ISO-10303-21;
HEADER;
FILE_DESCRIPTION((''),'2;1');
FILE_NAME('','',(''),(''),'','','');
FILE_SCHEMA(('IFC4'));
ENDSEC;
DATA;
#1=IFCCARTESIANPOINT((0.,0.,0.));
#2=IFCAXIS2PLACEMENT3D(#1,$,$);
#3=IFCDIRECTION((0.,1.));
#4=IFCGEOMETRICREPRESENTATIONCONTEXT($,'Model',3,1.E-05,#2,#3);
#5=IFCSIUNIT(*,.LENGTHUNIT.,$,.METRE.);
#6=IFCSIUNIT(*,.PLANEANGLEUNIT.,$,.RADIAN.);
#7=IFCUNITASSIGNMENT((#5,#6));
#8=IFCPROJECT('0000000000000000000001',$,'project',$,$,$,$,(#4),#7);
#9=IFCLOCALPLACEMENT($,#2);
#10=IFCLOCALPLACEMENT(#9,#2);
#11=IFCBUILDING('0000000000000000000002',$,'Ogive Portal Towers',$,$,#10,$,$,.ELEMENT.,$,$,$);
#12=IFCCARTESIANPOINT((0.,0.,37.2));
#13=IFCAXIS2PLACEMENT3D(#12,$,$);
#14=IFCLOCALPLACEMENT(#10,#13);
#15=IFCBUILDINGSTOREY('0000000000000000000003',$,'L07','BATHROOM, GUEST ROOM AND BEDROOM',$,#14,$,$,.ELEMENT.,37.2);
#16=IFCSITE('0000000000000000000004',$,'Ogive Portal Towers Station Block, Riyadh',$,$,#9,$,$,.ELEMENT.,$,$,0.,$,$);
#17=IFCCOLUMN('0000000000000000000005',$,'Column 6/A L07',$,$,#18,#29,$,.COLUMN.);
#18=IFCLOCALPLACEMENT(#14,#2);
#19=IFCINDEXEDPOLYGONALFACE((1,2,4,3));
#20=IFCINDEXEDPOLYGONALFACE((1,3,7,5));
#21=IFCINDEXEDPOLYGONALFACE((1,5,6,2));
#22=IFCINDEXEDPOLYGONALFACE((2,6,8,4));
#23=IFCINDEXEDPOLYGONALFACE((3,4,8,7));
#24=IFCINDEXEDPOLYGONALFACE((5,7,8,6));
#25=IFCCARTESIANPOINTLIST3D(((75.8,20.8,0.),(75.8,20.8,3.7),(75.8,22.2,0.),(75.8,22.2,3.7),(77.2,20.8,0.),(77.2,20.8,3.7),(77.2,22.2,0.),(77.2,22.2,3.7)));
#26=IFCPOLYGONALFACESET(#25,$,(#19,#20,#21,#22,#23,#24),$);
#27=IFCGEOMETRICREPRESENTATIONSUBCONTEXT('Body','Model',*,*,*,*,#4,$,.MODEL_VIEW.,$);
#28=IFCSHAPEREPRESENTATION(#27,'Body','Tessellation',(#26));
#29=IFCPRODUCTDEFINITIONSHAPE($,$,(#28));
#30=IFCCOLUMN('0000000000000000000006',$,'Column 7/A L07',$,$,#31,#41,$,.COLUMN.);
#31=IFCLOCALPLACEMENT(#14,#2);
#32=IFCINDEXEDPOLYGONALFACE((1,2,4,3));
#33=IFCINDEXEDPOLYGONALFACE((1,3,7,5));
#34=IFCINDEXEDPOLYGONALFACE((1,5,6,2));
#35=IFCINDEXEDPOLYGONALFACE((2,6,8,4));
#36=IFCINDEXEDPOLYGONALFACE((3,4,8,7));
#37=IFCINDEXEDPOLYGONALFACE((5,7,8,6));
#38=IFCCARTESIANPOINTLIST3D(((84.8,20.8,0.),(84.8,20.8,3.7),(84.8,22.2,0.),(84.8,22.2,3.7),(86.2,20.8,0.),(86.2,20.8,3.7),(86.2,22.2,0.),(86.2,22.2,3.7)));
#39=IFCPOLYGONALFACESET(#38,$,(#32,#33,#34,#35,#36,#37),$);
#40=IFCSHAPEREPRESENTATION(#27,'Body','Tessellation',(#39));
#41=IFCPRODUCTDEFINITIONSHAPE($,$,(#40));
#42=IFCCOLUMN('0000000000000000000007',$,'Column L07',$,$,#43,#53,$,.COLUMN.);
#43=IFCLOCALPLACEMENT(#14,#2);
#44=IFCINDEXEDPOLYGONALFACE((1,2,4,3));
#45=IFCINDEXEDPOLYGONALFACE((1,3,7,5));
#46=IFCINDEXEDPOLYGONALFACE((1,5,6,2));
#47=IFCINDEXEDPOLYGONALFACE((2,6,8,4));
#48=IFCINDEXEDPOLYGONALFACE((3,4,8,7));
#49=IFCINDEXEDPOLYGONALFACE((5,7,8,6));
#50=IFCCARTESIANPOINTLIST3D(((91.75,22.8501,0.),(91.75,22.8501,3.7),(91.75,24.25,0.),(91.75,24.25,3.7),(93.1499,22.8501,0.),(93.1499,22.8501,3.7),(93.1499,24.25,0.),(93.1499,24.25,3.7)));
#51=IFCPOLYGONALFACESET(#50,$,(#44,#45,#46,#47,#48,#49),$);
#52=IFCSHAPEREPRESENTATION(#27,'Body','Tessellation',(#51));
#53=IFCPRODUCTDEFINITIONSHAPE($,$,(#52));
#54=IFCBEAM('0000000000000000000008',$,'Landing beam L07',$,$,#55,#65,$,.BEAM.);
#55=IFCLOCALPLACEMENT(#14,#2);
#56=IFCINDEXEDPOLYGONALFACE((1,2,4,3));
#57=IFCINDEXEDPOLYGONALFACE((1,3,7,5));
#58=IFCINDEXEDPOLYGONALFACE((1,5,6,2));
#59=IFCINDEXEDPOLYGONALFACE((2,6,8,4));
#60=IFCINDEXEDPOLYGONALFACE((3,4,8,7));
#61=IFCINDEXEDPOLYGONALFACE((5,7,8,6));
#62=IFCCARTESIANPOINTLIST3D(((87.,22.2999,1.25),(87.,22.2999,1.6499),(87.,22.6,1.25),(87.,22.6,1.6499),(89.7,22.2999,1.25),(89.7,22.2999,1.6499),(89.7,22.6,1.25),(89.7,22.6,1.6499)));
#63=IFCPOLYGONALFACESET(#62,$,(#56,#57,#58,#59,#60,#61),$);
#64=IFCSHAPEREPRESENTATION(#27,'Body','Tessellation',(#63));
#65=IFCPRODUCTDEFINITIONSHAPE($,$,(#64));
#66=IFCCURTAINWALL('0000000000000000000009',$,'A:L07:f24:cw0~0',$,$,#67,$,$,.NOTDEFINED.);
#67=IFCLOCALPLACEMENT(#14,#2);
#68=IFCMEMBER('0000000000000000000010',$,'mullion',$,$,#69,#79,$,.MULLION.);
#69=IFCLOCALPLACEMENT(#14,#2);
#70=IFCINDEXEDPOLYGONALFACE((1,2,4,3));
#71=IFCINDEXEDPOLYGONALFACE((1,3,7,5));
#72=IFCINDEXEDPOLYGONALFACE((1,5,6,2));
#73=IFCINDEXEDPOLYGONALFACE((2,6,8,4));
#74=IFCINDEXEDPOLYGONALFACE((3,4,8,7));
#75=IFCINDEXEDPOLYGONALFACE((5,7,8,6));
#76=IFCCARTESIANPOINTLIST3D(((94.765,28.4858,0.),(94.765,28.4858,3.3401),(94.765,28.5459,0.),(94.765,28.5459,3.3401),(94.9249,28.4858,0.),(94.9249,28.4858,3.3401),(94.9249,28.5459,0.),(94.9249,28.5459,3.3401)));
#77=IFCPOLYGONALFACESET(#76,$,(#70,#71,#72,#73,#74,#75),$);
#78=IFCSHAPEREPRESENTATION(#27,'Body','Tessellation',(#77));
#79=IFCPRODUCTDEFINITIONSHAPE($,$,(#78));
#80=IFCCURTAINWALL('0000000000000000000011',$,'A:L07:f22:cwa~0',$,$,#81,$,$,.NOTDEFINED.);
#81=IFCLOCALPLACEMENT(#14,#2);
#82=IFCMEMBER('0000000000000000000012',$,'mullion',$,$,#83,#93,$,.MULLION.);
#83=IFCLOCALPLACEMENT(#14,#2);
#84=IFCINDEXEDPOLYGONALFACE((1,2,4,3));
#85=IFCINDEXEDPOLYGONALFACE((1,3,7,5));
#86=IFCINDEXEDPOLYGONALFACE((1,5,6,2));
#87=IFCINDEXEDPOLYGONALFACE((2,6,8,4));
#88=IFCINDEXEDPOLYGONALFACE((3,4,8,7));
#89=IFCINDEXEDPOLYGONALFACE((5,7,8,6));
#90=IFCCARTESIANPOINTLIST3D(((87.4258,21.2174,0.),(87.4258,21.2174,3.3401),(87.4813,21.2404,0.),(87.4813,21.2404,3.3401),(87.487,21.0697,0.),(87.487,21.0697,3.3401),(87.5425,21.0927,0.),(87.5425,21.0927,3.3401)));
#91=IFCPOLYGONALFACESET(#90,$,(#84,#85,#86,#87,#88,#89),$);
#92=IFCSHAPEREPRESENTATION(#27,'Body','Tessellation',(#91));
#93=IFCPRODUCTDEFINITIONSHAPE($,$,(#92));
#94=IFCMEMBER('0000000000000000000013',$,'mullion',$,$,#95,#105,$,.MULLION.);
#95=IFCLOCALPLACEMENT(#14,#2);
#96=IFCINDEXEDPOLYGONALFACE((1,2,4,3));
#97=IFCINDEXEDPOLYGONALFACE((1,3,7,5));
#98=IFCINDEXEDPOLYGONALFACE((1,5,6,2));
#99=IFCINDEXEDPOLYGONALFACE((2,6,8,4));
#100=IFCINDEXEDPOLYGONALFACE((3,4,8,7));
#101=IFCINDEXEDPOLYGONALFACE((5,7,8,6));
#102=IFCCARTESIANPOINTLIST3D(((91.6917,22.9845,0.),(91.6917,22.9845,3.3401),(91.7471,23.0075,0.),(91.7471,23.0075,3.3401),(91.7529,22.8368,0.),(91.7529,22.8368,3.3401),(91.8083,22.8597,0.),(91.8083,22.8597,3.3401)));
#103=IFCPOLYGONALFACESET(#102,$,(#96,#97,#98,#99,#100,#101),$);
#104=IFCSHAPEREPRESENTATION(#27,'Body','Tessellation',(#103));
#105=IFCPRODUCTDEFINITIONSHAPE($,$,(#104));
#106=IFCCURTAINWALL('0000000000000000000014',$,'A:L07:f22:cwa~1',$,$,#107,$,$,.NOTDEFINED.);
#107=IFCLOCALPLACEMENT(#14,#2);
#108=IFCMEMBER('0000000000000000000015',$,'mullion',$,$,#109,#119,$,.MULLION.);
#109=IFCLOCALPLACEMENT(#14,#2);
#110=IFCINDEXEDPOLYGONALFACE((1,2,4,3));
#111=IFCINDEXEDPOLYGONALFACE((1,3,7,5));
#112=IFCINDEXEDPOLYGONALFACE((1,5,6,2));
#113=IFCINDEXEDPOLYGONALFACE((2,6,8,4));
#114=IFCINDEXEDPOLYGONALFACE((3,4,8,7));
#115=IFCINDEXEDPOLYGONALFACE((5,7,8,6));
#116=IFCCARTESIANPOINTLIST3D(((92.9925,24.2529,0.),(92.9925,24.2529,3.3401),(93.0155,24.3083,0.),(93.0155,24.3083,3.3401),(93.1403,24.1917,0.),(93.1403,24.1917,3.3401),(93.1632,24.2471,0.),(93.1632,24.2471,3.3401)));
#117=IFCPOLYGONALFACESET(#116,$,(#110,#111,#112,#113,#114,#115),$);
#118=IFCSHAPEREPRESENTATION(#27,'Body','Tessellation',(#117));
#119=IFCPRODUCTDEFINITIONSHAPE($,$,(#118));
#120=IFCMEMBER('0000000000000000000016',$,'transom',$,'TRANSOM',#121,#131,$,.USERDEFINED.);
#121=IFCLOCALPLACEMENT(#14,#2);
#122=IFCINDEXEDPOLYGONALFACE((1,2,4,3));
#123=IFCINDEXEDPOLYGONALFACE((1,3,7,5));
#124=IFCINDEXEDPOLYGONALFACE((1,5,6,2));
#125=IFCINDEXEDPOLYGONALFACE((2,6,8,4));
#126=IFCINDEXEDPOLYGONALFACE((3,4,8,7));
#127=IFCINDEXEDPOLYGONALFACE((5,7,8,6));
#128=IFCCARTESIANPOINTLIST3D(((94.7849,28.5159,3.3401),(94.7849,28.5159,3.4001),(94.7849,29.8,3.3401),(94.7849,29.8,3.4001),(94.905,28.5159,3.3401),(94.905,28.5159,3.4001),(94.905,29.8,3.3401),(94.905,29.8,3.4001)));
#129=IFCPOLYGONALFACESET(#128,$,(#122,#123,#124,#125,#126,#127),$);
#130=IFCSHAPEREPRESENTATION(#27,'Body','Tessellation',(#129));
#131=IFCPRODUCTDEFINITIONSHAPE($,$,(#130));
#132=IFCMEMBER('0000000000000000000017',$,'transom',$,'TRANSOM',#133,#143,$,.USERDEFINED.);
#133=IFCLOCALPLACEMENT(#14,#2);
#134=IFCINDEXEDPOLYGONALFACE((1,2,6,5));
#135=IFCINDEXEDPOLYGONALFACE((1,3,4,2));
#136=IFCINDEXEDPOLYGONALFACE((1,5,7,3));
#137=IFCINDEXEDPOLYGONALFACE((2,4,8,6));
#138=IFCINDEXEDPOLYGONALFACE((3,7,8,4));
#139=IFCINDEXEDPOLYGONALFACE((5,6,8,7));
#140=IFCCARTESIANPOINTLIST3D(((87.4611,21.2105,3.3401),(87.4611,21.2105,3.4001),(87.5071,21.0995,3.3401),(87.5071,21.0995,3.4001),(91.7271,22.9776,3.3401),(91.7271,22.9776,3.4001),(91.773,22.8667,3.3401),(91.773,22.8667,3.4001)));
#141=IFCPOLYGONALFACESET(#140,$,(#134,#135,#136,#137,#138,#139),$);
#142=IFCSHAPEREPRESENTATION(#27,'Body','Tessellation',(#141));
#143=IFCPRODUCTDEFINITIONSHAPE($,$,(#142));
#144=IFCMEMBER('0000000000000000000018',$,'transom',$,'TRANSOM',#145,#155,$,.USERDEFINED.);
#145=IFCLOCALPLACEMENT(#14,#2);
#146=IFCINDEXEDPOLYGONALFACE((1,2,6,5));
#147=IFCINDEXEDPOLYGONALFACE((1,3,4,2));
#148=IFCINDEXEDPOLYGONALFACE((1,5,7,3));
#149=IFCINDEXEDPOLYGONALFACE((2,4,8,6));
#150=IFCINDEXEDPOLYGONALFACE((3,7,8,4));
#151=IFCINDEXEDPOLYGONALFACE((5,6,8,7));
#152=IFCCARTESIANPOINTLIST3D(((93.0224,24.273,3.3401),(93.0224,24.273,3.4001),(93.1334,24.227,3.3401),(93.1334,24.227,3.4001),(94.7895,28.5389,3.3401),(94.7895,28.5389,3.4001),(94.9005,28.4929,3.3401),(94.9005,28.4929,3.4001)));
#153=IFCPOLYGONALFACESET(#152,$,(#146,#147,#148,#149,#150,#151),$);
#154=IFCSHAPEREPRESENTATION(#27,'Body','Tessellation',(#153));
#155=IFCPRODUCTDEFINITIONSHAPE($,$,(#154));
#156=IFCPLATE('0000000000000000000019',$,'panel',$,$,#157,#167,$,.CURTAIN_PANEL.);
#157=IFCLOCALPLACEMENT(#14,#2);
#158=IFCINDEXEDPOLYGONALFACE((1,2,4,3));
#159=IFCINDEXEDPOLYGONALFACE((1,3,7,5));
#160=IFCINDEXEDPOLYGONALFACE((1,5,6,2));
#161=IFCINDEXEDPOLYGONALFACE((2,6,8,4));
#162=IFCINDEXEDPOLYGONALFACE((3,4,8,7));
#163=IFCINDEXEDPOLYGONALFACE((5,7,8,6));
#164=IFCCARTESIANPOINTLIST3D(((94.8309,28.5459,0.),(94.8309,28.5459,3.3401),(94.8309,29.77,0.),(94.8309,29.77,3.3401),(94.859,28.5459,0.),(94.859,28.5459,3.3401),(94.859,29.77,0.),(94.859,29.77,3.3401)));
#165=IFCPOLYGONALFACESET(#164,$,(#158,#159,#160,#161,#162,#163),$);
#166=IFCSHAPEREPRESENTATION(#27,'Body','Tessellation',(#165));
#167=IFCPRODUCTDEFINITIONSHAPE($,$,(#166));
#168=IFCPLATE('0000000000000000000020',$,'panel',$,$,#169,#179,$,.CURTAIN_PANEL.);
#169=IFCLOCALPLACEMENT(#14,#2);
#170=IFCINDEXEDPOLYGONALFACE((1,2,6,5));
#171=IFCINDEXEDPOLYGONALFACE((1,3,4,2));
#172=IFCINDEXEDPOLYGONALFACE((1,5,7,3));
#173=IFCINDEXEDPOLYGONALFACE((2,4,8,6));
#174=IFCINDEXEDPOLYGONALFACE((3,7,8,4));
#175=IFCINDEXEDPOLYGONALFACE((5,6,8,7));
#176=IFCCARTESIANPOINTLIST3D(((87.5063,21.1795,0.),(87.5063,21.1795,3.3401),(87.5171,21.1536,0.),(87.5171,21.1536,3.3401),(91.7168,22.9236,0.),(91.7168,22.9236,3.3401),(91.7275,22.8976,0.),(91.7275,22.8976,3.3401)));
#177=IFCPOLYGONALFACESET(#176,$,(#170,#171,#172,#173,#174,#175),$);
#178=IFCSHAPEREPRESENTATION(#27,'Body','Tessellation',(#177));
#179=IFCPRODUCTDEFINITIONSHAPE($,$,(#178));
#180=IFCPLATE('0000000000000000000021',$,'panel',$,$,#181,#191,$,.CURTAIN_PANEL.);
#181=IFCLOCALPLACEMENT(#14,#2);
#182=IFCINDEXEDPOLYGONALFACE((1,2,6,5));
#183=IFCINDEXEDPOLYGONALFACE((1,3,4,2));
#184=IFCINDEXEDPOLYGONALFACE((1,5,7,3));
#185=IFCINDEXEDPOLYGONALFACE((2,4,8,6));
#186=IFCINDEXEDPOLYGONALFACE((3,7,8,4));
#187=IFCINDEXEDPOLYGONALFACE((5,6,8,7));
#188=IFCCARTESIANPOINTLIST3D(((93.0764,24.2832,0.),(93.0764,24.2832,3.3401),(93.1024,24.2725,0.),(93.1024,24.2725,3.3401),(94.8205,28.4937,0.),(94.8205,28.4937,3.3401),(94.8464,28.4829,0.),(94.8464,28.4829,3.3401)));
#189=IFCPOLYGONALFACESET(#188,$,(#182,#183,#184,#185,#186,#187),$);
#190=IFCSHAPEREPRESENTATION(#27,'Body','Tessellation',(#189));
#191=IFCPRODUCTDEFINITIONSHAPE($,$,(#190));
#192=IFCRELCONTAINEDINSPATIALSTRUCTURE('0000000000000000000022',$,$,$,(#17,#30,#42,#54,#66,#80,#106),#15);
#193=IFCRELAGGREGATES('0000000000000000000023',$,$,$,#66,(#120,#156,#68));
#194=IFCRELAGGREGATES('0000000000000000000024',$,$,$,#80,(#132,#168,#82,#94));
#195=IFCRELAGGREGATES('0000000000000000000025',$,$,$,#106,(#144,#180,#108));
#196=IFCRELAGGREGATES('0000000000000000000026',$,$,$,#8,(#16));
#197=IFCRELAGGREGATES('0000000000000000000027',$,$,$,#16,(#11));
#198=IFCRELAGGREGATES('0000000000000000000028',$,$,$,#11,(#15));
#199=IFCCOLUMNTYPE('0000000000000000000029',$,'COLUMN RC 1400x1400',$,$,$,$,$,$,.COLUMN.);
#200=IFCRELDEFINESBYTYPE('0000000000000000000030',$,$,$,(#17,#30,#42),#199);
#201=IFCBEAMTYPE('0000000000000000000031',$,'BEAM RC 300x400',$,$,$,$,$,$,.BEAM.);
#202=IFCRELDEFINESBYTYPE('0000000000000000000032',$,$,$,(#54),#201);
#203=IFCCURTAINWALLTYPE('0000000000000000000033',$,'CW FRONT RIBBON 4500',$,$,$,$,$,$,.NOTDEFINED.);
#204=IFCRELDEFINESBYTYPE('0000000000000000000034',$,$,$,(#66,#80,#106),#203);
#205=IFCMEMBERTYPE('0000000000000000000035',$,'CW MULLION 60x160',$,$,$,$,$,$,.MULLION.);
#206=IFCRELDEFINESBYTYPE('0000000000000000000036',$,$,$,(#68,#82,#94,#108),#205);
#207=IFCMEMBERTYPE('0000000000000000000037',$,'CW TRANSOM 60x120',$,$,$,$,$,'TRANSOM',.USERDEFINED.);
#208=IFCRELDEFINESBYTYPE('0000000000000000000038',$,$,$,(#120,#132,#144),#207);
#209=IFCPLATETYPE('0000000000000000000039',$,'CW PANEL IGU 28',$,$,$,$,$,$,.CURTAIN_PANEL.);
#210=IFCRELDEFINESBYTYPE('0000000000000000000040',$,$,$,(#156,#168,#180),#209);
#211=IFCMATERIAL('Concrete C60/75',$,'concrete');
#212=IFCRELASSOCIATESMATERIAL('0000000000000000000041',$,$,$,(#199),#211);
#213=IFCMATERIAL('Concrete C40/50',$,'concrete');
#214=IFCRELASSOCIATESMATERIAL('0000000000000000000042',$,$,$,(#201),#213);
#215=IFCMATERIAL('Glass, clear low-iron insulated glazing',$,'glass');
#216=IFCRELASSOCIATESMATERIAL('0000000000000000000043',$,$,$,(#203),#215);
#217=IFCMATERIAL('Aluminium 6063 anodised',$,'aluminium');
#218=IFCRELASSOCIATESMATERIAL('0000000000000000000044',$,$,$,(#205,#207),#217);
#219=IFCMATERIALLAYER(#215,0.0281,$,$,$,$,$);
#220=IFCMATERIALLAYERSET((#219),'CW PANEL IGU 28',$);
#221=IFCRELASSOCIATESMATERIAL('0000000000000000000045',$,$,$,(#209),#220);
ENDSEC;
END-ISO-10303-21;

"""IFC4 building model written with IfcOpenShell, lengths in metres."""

from ifc_helpers import new_model, si_unit, direction, frame, origin, origin_2d, place, context, subcontext, project, spatial, rectangle, extrude, material, layer, layer_set, material_profile, profile_set, type_object, element, aggregate, save


model = new_model("IFC4")

# Units and contexts
model_context = context("Model", 3, precision=1e-05, world=origin(), true_north=direction((0.0, 1.0)))
body_context = subcontext(model_context, "Body", "Model", "MODEL_VIEW")
ifc_project = project(units=[si_unit("LENGTHUNIT", "METRE"), si_unit("PLANEANGLEUNIT", "RADIAN")], contexts=[model_context])

# Site, building, storey
site_placement = place(None, origin())
site = spatial("IfcSite", under=ifc_project, at=site_placement, Name="Ogive Portal Towers Station Block, Riyadh", CompositionType="ELEMENT", RefElevation=0.0)
building_placement = place(site_placement, origin())
building = spatial("IfcBuilding", under=site, at=building_placement, Name="Ogive Portal Towers", CompositionType="ELEMENT")
storey_placement = place(building_placement, frame((0.0, 0.0, 37.2)))
storey = spatial("IfcBuildingStorey", under=building, at=storey_placement, Name="L07", Description="BATHROOM, GUEST ROOM AND BEDROOM", CompositionType="ELEMENT", Elevation=37.2)

# Columns
ifc_material_1 = material(Name="Concrete C60/75", Category="concrete")
ifc_material_profile_1 = material_profile(ifc_material_1, rectangle(XDim=1.3999, YDim=1.3999, at=origin_2d()), Name="RC 1400x1400")
ifc_profile_set_1 = profile_set([ifc_material_profile_1], Name="Concrete C60/75")
column_type = type_object("IfcColumnType", Name="COLUMN RC 1400x1400", PredefinedType="COLUMN", material=ifc_profile_set_1)
for number, where, z_axis, x_axis, name in (
    (1, (76.5, 21.5, 0.0), (0.0, 0.0, 1.0), (1.0, 0.0, 0.0), "Column 6/A L07"),
    (2, (85.5, 21.5, 0.0), (0.0, 0.0, 1.0), (1.0, 0.0, 0.0), "Column 7/A L07"),
    (3, (92.45, 23.55, 0.0), (0.0, 0.0, 1.0), (1.0, 0.0, 0.0), "Column L07"),
):
    element("IfcColumn", number, at=place(storey_placement, frame(where, z_axis=z_axis, x_axis=x_axis)), inside=storey, type_object=column_type, Name=name, PredefinedType="COLUMN", context=body_context, shape_type="SweptSolid", body=[
        extrude(rectangle(XDim=1.3999, YDim=1.3999, at=origin_2d()), origin(), (0.0, 0.0, 1.0), 3.7),
    ])

# Beam
ifc_material_2 = material(Name="Concrete C40/50", Category="concrete")
ifc_material_profile_2 = material_profile(ifc_material_2, rectangle(XDim=0.3, YDim=0.3999, at=origin_2d()), Name="RC 300x400")
ifc_profile_set_2 = profile_set([ifc_material_profile_2], Name="Concrete C40/50")
beam_type = type_object("IfcBeamType", Name="BEAM RC 300x400", PredefinedType="BEAM", material=ifc_profile_set_2)
beam_placement = place(storey_placement, frame((87.0, 22.45, 1.45), z_axis=(1.0, 0.0, 0.0), x_axis=(0.0, 1.0, 0.0)))
element("IfcBeam", 4, at=beam_placement, inside=storey, type_object=beam_type, Name="Landing beam L07", PredefinedType="BEAM", context=body_context, shape_type="SweptSolid", body=[
    extrude(rectangle(XDim=0.3, YDim=0.3999, at=origin_2d()), origin(), (0.0, 0.0, 1.0), 2.7),
])

# Curtain wall, member
ifc_material_3 = material(Name="Glass, clear low-iron insulated glazing", Category="glass")
curtain_wall_type = type_object("IfcCurtainWallType", Name="CW FRONT RIBBON 4500", PredefinedType="NOTDEFINED", material=ifc_material_3)
curtain_wall_1_placement = place(storey_placement, origin())
curtain_wall_1 = element("IfcCurtainWall", 5, at=curtain_wall_1_placement, inside=storey, type_object=curtain_wall_type, Name="A:L07:f24:cw0~0", PredefinedType="NOTDEFINED")
ifc_material_4 = material(Name="Aluminium 6063 anodised", Category="aluminium")
ifc_material_profile_3 = material_profile(ifc_material_4, rectangle(XDim=0.1599, YDim=0.0601, at=origin_2d()), Name="AL 60x160")
ifc_profile_set_3 = profile_set([ifc_material_profile_3], Name="Aluminium 6063 anodised")
member_type_1 = type_object("IfcMemberType", Name="CW MULLION 60x160", PredefinedType="MULLION", material=ifc_profile_set_3)
member_1_placement = place(storey_placement, frame((94.845, 28.5159, 0.0), z_axis=(0.0, 0.0, 1.0), x_axis=(-1.0, 0.0, 0.0)))
member_1 = element("IfcMember", 6, at=member_1_placement, type_object=member_type_1, Name="mullion", PredefinedType="MULLION", context=body_context, shape_type="SweptSolid", body=[
    extrude(rectangle(XDim=0.1599, YDim=0.0601, at=origin_2d()), origin(), (0.0, 0.0, 1.0), 3.3401),
])

# Curtain wall, members
curtain_wall_2_placement = place(storey_placement, origin())
curtain_wall_2 = element("IfcCurtainWall", 7, at=curtain_wall_2_placement, inside=storey, type_object=curtain_wall_type, Name="A:L07:f22:cwa~0", PredefinedType="NOTDEFINED")
member_2_placement = place(storey_placement, frame((87.4841, 21.155, 0.0), z_axis=(0.0, 0.0, 1.0), x_axis=(-0.382683, 0.92388, 0.0)))
member_2 = element("IfcMember", 8, at=member_2_placement, type_object=member_type_1, Name="mullion", PredefinedType="MULLION", context=body_context, shape_type="SweptSolid", body=[
    extrude(rectangle(XDim=0.1599, YDim=0.0601, at=origin_2d()), origin(), (0.0, 0.0, 1.0), 3.3401),
])
member_3_placement = place(storey_placement, frame((91.75, 22.9221, 0.0), z_axis=(0.0, 0.0, 1.0), x_axis=(-0.382683, 0.92388, 0.0)))
member_3 = element("IfcMember", 9, at=member_3_placement, type_object=member_type_1, Name="mullion", PredefinedType="MULLION", context=body_context, shape_type="SweptSolid", body=[
    extrude(rectangle(XDim=0.1599, YDim=0.0601, at=origin_2d()), origin(), (0.0, 0.0, 1.0), 3.3401),
])

# Curtain wall, member
curtain_wall_3_placement = place(storey_placement, origin())
curtain_wall_3 = element("IfcCurtainWall", 10, at=curtain_wall_3_placement, inside=storey, type_object=curtain_wall_type, Name="A:L07:f22:cwa~1", PredefinedType="NOTDEFINED")
member_4_placement = place(storey_placement, frame((93.0779, 24.25, 0.0), z_axis=(0.0, 0.0, 1.0), x_axis=(-0.92388, 0.382683, 0.0)))
member_4 = element("IfcMember", 11, at=member_4_placement, type_object=member_type_1, Name="mullion", PredefinedType="MULLION", context=body_context, shape_type="SweptSolid", body=[
    extrude(rectangle(XDim=0.1599, YDim=0.0601, at=origin_2d()), origin(), (0.0, 0.0, 1.0), 3.3401),
])

# Members
ifc_material_profile_4 = material_profile(ifc_material_4, rectangle(XDim=0.1201, YDim=0.0601, at=origin_2d()), Name="AL 120x60")
ifc_profile_set_4 = profile_set([ifc_material_profile_4], Name="Aluminium 6063 anodised")
member_type_2 = type_object("IfcMemberType", Name="CW TRANSOM 60x120", ElementType="TRANSOM", PredefinedType="USERDEFINED", material=ifc_profile_set_4)
member_5_placement = place(storey_placement, frame((94.845, 28.5159, 3.3701), z_axis=(0.0, 1.0, 0.0), x_axis=(-1.0, 0.0, 0.0)))
member_5 = element("IfcMember", 12, at=member_5_placement, type_object=member_type_2, Name="transom", ObjectType="TRANSOM", PredefinedType="USERDEFINED", context=body_context, shape_type="SweptSolid", body=[
    extrude(rectangle(XDim=0.1201, YDim=0.0601, at=origin_2d()), origin(), (0.0, 0.0, 1.0), 1.2842),
])
member_6_placement = place(storey_placement, frame((87.4841, 21.155, 3.3701), z_axis=(0.923871, 0.382704, 0.0), x_axis=(-0.382704, 0.923871, 0.0)))
member_6 = element("IfcMember", 13, at=member_6_placement, type_object=member_type_2, Name="transom", ObjectType="TRANSOM", PredefinedType="USERDEFINED", context=body_context, shape_type="SweptSolid", body=[
    extrude(rectangle(XDim=0.1201, YDim=0.0601, at=origin_2d()), origin(), (0.0, 0.0, 1.0), 4.6174),
])
member_7_placement = place(storey_placement, frame((93.0779, 24.25, 3.3701), z_axis=(0.382704, 0.923871, 0.0), x_axis=(-0.923871, 0.382704, 0.0)))
member_7 = element("IfcMember", 14, at=member_7_placement, type_object=member_type_2, Name="transom", ObjectType="TRANSOM", PredefinedType="USERDEFINED", context=body_context, shape_type="SweptSolid", body=[
    extrude(rectangle(XDim=0.1201, YDim=0.0601, at=origin_2d()), origin(), (0.0, 0.0, 1.0), 4.6174),
])

# Plates
ifc_layer_1 = layer(ifc_material_3, 0.0281)
ifc_layer_set_1 = layer_set([ifc_layer_1], Name="CW PANEL IGU 28")
plate_type = type_object("IfcPlateType", Name="CW PANEL IGU 28", PredefinedType="CURTAIN_PANEL", material=ifc_layer_set_1)
plate_1_placement = place(storey_placement, frame((94.845, 29.158, 0.0), z_axis=(0.0, 0.0, 1.0), x_axis=(0.0, 1.0, 0.0)))
plate_1 = element("IfcPlate", 15, at=plate_1_placement, type_object=plate_type, Name="panel", PredefinedType="CURTAIN_PANEL", context=body_context, shape_type="SweptSolid", body=[
    extrude(rectangle(XDim=1.2241, YDim=0.0281, at=origin_2d()), origin(), (0.0, 0.0, 1.0), 3.3401),
])
aggregate(curtain_wall_1, [member_5, plate_1, member_1])
plate_2_placement = place(storey_placement, frame((89.6169, 22.0386, 0.0), z_axis=(0.0, 0.0, 1.0), x_axis=(0.92388, 0.382683, 0.0)))
plate_2 = element("IfcPlate", 16, at=plate_2_placement, type_object=plate_type, Name="panel", PredefinedType="CURTAIN_PANEL", context=body_context, shape_type="SweptSolid", body=[
    extrude(rectangle(XDim=4.5574, YDim=0.0281, at=origin_2d()), origin(), (0.0, 0.0, 1.0), 3.3401),
])
aggregate(curtain_wall_2, [member_6, plate_2, member_2, member_3])
plate_3_placement = place(storey_placement, frame((93.9614, 26.3831, 0.0), z_axis=(0.0, 0.0, 1.0), x_axis=(0.382683, 0.92388, 0.0)))
plate_3 = element("IfcPlate", 17, at=plate_3_placement, type_object=plate_type, Name="panel", PredefinedType="CURTAIN_PANEL", context=body_context, shape_type="SweptSolid", body=[
    extrude(rectangle(XDim=4.5574, YDim=0.0281, at=origin_2d()), origin(), (0.0, 0.0, 1.0), 3.3401),
])
aggregate(curtain_wall_3, [member_7, plate_3, member_4])

save(model, "model.ifc")
